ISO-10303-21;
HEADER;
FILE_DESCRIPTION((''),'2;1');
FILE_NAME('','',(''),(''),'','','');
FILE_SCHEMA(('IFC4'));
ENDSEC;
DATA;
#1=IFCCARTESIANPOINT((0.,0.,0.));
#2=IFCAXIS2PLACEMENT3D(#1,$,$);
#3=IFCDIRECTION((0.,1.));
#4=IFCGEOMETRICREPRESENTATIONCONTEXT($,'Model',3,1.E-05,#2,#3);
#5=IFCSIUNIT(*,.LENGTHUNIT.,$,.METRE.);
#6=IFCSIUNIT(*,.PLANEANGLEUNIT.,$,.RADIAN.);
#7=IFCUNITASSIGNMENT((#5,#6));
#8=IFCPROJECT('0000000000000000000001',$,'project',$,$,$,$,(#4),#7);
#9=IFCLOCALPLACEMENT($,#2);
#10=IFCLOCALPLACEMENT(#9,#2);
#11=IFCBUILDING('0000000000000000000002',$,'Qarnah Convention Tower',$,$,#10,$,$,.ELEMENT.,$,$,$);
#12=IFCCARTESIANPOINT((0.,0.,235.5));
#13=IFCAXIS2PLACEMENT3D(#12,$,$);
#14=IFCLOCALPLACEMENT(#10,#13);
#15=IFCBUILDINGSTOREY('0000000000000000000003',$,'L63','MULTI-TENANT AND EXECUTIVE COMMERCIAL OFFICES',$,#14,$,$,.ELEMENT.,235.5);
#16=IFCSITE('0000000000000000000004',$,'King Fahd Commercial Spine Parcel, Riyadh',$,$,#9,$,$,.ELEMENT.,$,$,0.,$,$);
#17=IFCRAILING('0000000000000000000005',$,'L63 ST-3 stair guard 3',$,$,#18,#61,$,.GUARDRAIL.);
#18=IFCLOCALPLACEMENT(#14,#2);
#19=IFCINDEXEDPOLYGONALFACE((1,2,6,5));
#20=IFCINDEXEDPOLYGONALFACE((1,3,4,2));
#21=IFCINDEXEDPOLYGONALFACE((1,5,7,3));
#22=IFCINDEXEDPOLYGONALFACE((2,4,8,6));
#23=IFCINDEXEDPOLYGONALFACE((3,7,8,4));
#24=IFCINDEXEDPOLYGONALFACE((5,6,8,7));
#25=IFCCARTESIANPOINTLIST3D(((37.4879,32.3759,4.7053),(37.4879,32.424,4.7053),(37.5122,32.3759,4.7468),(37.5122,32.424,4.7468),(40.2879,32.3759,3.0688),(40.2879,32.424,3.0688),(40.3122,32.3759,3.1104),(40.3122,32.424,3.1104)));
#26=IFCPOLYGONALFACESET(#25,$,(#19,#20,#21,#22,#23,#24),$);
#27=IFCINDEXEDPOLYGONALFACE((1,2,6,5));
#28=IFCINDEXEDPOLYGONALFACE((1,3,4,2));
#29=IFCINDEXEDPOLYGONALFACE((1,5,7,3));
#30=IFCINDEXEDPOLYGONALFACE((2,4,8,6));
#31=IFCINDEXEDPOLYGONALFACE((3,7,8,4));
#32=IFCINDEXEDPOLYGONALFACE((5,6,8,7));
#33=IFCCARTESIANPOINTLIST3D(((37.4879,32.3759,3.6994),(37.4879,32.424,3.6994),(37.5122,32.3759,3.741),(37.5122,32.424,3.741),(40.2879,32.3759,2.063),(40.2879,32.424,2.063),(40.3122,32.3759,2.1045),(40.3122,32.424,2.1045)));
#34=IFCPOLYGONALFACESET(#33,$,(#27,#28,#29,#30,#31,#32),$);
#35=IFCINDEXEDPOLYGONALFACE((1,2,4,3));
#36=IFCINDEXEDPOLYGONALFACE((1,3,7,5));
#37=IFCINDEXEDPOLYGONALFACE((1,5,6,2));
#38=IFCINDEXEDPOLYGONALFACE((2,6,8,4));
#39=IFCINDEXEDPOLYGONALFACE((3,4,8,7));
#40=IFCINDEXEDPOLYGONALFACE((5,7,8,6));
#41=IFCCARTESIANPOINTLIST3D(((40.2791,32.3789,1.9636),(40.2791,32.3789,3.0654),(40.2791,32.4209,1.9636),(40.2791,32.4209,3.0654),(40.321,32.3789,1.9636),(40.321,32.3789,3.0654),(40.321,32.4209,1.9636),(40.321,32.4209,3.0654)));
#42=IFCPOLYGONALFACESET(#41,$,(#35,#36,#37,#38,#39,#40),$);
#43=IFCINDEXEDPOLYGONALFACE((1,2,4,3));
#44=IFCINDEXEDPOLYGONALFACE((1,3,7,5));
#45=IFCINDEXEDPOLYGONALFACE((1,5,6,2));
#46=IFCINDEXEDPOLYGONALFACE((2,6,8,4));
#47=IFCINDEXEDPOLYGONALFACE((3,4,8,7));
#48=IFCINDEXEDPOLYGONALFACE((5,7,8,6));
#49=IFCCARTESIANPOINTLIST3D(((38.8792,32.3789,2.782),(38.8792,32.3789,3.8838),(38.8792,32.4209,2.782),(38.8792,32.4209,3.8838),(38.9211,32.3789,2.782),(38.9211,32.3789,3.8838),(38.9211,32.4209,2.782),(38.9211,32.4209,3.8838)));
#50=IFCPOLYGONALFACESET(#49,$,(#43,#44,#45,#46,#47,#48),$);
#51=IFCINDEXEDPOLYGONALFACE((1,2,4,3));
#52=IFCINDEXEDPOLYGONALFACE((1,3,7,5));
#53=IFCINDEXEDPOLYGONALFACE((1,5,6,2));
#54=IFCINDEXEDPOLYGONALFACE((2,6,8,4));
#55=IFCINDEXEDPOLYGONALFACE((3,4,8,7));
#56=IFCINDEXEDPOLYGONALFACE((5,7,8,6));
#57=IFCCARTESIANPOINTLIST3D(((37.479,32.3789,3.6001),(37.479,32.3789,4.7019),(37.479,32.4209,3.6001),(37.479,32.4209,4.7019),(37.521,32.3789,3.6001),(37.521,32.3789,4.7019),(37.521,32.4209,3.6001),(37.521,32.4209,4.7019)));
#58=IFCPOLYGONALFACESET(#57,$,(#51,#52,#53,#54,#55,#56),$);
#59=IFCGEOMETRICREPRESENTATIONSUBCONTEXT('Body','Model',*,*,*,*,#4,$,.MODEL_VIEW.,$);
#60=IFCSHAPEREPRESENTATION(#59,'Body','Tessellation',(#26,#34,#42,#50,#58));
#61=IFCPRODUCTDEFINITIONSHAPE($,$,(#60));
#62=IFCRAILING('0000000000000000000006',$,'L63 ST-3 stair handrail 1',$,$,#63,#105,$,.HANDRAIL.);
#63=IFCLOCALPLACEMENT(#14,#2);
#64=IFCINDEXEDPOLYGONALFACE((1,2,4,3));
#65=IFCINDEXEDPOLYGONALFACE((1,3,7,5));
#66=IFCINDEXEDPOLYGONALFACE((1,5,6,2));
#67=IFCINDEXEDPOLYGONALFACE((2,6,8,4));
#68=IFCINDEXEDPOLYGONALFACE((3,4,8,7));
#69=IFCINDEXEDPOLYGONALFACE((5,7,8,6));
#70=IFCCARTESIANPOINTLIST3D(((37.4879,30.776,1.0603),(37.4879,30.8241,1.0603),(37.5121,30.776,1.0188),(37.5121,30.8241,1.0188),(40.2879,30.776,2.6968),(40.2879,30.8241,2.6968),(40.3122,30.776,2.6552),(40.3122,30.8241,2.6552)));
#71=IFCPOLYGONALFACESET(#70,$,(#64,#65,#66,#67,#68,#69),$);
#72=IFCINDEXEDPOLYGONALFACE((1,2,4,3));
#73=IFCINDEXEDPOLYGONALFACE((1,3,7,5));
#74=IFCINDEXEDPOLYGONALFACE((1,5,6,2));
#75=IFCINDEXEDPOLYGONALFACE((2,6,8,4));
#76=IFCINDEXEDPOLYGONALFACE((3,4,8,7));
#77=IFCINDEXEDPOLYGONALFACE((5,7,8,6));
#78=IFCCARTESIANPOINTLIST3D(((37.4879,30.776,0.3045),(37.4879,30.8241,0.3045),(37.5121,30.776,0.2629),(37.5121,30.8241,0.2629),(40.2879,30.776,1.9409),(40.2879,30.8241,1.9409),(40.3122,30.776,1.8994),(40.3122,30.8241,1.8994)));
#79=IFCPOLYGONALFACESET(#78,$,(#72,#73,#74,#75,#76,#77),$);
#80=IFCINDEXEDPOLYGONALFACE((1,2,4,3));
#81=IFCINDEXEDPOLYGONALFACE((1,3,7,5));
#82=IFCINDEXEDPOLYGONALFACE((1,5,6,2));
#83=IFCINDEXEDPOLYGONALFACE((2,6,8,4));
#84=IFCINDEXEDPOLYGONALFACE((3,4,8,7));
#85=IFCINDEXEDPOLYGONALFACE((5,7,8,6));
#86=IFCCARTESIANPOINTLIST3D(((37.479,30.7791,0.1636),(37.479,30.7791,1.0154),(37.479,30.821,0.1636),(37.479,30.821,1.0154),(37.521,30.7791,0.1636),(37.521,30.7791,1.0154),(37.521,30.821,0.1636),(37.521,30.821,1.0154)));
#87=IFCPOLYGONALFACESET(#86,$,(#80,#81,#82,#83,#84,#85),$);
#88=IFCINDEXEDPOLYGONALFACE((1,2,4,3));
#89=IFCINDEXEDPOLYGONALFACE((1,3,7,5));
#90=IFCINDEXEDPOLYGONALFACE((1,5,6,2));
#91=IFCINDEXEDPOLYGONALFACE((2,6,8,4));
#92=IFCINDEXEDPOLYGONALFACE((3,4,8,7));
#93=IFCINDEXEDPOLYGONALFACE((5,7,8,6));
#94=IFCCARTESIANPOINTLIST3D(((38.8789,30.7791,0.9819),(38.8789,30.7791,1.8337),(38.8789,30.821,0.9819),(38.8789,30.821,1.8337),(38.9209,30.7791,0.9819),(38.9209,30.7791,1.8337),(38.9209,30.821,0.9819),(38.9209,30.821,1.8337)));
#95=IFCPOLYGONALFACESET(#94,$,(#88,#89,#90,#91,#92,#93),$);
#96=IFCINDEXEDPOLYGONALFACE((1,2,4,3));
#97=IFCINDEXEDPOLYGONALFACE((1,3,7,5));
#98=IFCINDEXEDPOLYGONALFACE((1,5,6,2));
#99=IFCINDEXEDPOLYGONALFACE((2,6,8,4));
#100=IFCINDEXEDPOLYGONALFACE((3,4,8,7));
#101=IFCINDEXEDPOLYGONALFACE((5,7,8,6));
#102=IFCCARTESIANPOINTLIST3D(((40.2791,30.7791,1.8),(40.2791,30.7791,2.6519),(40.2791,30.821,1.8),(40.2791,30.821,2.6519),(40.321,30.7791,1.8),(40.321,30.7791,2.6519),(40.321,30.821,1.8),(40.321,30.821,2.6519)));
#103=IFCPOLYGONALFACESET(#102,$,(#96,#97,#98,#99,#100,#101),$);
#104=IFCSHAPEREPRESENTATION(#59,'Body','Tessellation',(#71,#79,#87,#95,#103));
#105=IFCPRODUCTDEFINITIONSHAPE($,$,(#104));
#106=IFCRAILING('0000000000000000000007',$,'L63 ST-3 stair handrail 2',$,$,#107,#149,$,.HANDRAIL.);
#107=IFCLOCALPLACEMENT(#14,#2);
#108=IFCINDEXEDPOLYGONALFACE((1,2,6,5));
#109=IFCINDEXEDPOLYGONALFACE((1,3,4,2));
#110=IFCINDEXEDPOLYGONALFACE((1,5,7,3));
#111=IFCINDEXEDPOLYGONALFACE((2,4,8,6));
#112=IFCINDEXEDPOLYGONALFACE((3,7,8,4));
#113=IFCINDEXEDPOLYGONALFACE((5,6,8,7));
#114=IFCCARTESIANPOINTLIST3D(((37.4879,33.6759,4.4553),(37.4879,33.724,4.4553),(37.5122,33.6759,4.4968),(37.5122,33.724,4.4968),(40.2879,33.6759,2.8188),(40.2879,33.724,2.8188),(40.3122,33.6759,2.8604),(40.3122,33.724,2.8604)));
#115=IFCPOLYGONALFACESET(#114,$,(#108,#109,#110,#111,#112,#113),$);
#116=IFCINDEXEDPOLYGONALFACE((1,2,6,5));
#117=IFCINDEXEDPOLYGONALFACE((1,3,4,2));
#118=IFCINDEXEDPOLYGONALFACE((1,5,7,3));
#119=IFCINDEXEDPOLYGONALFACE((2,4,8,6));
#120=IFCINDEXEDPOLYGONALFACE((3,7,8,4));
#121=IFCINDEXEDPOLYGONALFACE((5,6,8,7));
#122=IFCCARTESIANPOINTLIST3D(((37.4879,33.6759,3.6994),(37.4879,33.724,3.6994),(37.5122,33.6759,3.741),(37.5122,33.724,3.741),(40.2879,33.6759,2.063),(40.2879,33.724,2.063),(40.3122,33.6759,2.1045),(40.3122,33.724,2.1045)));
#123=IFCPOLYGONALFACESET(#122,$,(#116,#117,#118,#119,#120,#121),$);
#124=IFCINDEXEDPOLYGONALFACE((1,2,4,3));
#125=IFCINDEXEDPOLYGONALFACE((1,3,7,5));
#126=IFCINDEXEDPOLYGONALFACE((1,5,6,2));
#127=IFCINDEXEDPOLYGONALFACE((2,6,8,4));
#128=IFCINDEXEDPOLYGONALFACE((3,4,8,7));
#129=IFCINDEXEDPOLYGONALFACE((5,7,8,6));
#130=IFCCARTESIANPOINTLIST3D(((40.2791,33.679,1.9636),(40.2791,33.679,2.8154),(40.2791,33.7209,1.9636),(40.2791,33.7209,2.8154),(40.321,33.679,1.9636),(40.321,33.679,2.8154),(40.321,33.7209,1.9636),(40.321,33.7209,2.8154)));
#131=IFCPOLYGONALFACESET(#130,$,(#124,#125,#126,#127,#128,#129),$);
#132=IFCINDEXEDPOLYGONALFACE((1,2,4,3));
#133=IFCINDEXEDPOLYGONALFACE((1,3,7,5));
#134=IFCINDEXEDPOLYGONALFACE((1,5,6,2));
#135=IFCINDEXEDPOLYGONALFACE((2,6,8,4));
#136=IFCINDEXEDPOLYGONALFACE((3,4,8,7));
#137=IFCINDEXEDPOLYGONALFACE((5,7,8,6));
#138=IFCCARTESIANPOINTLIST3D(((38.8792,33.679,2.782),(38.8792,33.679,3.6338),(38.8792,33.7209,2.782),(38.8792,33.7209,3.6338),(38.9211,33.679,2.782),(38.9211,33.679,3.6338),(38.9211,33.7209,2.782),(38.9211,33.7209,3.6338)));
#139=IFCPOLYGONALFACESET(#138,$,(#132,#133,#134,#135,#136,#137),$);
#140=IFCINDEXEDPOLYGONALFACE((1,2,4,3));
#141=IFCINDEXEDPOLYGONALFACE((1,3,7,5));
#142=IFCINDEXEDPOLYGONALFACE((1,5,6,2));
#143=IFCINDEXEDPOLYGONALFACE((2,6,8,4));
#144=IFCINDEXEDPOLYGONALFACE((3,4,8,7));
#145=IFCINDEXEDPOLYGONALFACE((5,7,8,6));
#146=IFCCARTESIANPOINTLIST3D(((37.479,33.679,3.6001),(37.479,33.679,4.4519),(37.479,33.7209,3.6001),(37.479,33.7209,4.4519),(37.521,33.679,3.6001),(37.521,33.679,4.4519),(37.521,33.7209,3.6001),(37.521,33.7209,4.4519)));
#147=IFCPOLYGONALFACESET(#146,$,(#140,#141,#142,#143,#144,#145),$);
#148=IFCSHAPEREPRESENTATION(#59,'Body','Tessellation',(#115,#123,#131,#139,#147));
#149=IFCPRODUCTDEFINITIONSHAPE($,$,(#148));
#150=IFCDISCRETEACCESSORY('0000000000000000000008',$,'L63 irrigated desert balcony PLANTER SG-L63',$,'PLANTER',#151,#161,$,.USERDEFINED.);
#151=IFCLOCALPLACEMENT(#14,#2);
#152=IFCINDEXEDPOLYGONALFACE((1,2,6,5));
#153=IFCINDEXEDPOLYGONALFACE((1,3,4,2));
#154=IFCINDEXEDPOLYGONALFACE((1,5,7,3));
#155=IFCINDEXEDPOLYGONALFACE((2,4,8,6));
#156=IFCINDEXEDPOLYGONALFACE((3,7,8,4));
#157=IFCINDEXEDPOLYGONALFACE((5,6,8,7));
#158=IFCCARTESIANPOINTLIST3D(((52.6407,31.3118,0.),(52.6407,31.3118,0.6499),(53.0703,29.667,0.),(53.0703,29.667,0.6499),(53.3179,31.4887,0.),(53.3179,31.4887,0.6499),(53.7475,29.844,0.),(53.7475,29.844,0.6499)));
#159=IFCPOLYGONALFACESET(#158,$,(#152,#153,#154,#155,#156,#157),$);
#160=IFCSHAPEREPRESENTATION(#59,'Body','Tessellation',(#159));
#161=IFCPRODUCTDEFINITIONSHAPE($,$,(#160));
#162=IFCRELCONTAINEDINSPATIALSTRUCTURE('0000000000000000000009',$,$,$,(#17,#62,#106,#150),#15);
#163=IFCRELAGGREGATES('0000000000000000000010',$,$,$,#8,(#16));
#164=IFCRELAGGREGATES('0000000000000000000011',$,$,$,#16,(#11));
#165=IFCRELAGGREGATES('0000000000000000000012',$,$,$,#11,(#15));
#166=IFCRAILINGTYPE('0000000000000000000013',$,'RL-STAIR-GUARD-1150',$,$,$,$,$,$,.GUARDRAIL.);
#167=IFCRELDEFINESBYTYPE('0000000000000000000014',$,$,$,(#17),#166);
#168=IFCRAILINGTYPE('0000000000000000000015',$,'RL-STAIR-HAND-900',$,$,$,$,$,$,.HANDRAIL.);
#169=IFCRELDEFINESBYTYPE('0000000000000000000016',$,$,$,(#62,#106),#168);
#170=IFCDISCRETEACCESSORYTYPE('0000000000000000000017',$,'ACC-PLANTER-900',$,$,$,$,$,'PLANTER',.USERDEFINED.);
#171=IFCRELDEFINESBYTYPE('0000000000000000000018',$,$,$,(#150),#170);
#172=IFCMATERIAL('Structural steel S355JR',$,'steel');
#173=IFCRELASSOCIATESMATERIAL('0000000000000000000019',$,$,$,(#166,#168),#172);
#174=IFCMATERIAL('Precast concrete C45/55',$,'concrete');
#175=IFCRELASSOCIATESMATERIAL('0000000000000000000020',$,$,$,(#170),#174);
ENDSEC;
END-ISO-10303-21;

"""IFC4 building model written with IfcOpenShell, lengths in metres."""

from ifc_helpers import new_model, si_unit, direction, frame, origin, origin_2d, place, context, subcontext, project, spatial, rectangle, extrude, material, type_object, element, save


model = new_model("IFC4")

# Units and contexts
model_context = context("Model", 3, precision=1e-05, world=origin(), true_north=direction((0.0, 1.0)))
body_context = subcontext(model_context, "Body", "Model", "MODEL_VIEW")
ifc_project = project(units=[si_unit("LENGTHUNIT", "METRE"), si_unit("PLANEANGLEUNIT", "RADIAN")], contexts=[model_context])

# Site, building, storey
site_placement = place(None, origin())
site = spatial("IfcSite", under=ifc_project, at=site_placement, Name="King Fahd Commercial Spine Parcel, Riyadh", CompositionType="ELEMENT", RefElevation=0.0)
building_placement = place(site_placement, origin())
building = spatial("IfcBuilding", under=site, at=building_placement, Name="Qarnah Convention Tower", CompositionType="ELEMENT")
storey_placement = place(building_placement, frame((0.0, 0.0, 235.5)))
storey = spatial("IfcBuildingStorey", under=building, at=storey_placement, Name="L63", Description="MULTI-TENANT AND EXECUTIVE COMMERCIAL OFFICES", CompositionType="ELEMENT", Elevation=235.5)

# Shared definitions
ifc_material_1 = material(Name="Structural steel S355JR", Category="steel")

# Shared definitions
ifc_material_2 = material(Name="Precast concrete C45/55", Category="concrete")

# Railings
railing_type_1 = type_object("IfcRailingType", Name="RL-STAIR-GUARD-1150", PredefinedType="GUARDRAIL", material=ifc_material_1)
railing_1_placement = place(storey_placement, frame((40.3, 32.3999, 1.9636)))
element("IfcRailing", 1, at=railing_1_placement, inside=storey, type_object=railing_type_1, Name="L63 ST-3 stair guard 3", PredefinedType="GUARDRAIL", context=body_context, shape_type="SweptSolid", body=[
    extrude(rectangle(XDim=0.0481, YDim=0.0481, at=origin_2d()), frame((0.0, 0.0, 1.126), z_axis=(-0.863361, 0.0, 0.504587), x_axis=(0.0, -1.0, 0.0)), (0.0, 0.0, 1.0), 3.2432),
    extrude(rectangle(XDim=0.0481, YDim=0.0481, at=origin_2d()), frame((0.0, 0.0, 0.1201), z_axis=(-0.863361, 0.0, 0.504587), x_axis=(0.0, -1.0, 0.0)), (0.0, 0.0, 1.0), 3.2432),
    extrude(rectangle(XDim=0.042, YDim=0.042, at=origin_2d()), origin(), (0.0, 0.0, 1.0), 1.1018),
    extrude(rectangle(XDim=0.042, YDim=0.042, at=origin_2d()), frame((-1.3999, 0.0, 0.8184)), (0.0, 0.0, 1.0), 1.1018),
    extrude(rectangle(XDim=0.042, YDim=0.042, at=origin_2d()), frame((-2.8, 0.0, 1.6365)), (0.0, 0.0, 1.0), 1.1018),
])
railing_type_2 = type_object("IfcRailingType", Name="RL-STAIR-HAND-900", PredefinedType="HANDRAIL", material=ifc_material_1)
railing_2_placement = place(storey_placement, frame((37.5, 30.8, 0.1636)))
element("IfcRailing", 2, at=railing_2_placement, inside=storey, type_object=railing_type_2, Name="L63 ST-3 stair handrail 1", PredefinedType="HANDRAIL", context=body_context, shape_type="SweptSolid", body=[
    extrude(rectangle(XDim=0.0481, YDim=0.0481, at=origin_2d()), frame((0.0, 0.0, 0.876), z_axis=(0.863361, 0.0, 0.504587), x_axis=(0.0, 1.0, 0.0)), (0.0, 0.0, 1.0), 3.2432),
    extrude(rectangle(XDim=0.0481, YDim=0.0481, at=origin_2d()), frame((0.0, 0.0, 0.1201), z_axis=(0.863361, 0.0, 0.504587), x_axis=(0.0, 1.0, 0.0)), (0.0, 0.0, 1.0), 3.2432),
    extrude(rectangle(XDim=0.042, YDim=0.042, at=origin_2d()), origin(), (0.0, 0.0, 1.0), 0.8518),
    extrude(rectangle(XDim=0.042, YDim=0.042, at=origin_2d()), frame((1.3999, 0.0, 0.8184)), (0.0, 0.0, 1.0), 0.8518),
    extrude(rectangle(XDim=0.042, YDim=0.042, at=origin_2d()), frame((2.8, 0.0, 1.6365)), (0.0, 0.0, 1.0), 0.8518),
])
railing_3_placement = place(storey_placement, frame((40.3, 33.7, 1.9636)))
element("IfcRailing", 3, at=railing_3_placement, inside=storey, type_object=railing_type_2, Name="L63 ST-3 stair handrail 2", PredefinedType="HANDRAIL", context=body_context, shape_type="SweptSolid", body=[
    extrude(rectangle(XDim=0.0481, YDim=0.0481, at=origin_2d()), frame((0.0, 0.0, 0.876), z_axis=(-0.863361, 0.0, 0.504587), x_axis=(0.0, -1.0, 0.0)), (0.0, 0.0, 1.0), 3.2432),
    extrude(rectangle(XDim=0.0481, YDim=0.0481, at=origin_2d()), frame((0.0, 0.0, 0.1201), z_axis=(-0.863361, 0.0, 0.504587), x_axis=(0.0, -1.0, 0.0)), (0.0, 0.0, 1.0), 3.2432),
    extrude(rectangle(XDim=0.042, YDim=0.042, at=origin_2d()), origin(), (0.0, 0.0, 1.0), 0.8518),
    extrude(rectangle(XDim=0.042, YDim=0.042, at=origin_2d()), frame((-1.3999, 0.0, 0.8184)), (0.0, 0.0, 1.0), 0.8518),
    extrude(rectangle(XDim=0.042, YDim=0.042, at=origin_2d()), frame((-2.8, 0.0, 1.6365)), (0.0, 0.0, 1.0), 0.8518),
])

# Discrete accessory
discrete_accessory_type = type_object("IfcDiscreteAccessoryType", Name="ACC-PLANTER-900", ElementType="PLANTER", PredefinedType="USERDEFINED", material=ifc_material_2)
discrete_accessory_placement = place(storey_placement, frame((53.1941, 30.5779, 0.0), z_axis=(0.0, 0.0, 1.0), x_axis=(-0.252745, 0.967533, 0.0)))
element("IfcDiscreteAccessory", 4, at=discrete_accessory_placement, inside=storey, type_object=discrete_accessory_type, Name="L63 irrigated desert balcony PLANTER SG-L63", ObjectType="PLANTER", PredefinedType="USERDEFINED", context=body_context, shape_type="SweptSolid", body=[
    extrude(rectangle(XDim=1.7, YDim=0.7, at=origin_2d()), origin(), (0.0, 0.0, 1.0), 0.6499),
])

save(model, "model.ifc")
